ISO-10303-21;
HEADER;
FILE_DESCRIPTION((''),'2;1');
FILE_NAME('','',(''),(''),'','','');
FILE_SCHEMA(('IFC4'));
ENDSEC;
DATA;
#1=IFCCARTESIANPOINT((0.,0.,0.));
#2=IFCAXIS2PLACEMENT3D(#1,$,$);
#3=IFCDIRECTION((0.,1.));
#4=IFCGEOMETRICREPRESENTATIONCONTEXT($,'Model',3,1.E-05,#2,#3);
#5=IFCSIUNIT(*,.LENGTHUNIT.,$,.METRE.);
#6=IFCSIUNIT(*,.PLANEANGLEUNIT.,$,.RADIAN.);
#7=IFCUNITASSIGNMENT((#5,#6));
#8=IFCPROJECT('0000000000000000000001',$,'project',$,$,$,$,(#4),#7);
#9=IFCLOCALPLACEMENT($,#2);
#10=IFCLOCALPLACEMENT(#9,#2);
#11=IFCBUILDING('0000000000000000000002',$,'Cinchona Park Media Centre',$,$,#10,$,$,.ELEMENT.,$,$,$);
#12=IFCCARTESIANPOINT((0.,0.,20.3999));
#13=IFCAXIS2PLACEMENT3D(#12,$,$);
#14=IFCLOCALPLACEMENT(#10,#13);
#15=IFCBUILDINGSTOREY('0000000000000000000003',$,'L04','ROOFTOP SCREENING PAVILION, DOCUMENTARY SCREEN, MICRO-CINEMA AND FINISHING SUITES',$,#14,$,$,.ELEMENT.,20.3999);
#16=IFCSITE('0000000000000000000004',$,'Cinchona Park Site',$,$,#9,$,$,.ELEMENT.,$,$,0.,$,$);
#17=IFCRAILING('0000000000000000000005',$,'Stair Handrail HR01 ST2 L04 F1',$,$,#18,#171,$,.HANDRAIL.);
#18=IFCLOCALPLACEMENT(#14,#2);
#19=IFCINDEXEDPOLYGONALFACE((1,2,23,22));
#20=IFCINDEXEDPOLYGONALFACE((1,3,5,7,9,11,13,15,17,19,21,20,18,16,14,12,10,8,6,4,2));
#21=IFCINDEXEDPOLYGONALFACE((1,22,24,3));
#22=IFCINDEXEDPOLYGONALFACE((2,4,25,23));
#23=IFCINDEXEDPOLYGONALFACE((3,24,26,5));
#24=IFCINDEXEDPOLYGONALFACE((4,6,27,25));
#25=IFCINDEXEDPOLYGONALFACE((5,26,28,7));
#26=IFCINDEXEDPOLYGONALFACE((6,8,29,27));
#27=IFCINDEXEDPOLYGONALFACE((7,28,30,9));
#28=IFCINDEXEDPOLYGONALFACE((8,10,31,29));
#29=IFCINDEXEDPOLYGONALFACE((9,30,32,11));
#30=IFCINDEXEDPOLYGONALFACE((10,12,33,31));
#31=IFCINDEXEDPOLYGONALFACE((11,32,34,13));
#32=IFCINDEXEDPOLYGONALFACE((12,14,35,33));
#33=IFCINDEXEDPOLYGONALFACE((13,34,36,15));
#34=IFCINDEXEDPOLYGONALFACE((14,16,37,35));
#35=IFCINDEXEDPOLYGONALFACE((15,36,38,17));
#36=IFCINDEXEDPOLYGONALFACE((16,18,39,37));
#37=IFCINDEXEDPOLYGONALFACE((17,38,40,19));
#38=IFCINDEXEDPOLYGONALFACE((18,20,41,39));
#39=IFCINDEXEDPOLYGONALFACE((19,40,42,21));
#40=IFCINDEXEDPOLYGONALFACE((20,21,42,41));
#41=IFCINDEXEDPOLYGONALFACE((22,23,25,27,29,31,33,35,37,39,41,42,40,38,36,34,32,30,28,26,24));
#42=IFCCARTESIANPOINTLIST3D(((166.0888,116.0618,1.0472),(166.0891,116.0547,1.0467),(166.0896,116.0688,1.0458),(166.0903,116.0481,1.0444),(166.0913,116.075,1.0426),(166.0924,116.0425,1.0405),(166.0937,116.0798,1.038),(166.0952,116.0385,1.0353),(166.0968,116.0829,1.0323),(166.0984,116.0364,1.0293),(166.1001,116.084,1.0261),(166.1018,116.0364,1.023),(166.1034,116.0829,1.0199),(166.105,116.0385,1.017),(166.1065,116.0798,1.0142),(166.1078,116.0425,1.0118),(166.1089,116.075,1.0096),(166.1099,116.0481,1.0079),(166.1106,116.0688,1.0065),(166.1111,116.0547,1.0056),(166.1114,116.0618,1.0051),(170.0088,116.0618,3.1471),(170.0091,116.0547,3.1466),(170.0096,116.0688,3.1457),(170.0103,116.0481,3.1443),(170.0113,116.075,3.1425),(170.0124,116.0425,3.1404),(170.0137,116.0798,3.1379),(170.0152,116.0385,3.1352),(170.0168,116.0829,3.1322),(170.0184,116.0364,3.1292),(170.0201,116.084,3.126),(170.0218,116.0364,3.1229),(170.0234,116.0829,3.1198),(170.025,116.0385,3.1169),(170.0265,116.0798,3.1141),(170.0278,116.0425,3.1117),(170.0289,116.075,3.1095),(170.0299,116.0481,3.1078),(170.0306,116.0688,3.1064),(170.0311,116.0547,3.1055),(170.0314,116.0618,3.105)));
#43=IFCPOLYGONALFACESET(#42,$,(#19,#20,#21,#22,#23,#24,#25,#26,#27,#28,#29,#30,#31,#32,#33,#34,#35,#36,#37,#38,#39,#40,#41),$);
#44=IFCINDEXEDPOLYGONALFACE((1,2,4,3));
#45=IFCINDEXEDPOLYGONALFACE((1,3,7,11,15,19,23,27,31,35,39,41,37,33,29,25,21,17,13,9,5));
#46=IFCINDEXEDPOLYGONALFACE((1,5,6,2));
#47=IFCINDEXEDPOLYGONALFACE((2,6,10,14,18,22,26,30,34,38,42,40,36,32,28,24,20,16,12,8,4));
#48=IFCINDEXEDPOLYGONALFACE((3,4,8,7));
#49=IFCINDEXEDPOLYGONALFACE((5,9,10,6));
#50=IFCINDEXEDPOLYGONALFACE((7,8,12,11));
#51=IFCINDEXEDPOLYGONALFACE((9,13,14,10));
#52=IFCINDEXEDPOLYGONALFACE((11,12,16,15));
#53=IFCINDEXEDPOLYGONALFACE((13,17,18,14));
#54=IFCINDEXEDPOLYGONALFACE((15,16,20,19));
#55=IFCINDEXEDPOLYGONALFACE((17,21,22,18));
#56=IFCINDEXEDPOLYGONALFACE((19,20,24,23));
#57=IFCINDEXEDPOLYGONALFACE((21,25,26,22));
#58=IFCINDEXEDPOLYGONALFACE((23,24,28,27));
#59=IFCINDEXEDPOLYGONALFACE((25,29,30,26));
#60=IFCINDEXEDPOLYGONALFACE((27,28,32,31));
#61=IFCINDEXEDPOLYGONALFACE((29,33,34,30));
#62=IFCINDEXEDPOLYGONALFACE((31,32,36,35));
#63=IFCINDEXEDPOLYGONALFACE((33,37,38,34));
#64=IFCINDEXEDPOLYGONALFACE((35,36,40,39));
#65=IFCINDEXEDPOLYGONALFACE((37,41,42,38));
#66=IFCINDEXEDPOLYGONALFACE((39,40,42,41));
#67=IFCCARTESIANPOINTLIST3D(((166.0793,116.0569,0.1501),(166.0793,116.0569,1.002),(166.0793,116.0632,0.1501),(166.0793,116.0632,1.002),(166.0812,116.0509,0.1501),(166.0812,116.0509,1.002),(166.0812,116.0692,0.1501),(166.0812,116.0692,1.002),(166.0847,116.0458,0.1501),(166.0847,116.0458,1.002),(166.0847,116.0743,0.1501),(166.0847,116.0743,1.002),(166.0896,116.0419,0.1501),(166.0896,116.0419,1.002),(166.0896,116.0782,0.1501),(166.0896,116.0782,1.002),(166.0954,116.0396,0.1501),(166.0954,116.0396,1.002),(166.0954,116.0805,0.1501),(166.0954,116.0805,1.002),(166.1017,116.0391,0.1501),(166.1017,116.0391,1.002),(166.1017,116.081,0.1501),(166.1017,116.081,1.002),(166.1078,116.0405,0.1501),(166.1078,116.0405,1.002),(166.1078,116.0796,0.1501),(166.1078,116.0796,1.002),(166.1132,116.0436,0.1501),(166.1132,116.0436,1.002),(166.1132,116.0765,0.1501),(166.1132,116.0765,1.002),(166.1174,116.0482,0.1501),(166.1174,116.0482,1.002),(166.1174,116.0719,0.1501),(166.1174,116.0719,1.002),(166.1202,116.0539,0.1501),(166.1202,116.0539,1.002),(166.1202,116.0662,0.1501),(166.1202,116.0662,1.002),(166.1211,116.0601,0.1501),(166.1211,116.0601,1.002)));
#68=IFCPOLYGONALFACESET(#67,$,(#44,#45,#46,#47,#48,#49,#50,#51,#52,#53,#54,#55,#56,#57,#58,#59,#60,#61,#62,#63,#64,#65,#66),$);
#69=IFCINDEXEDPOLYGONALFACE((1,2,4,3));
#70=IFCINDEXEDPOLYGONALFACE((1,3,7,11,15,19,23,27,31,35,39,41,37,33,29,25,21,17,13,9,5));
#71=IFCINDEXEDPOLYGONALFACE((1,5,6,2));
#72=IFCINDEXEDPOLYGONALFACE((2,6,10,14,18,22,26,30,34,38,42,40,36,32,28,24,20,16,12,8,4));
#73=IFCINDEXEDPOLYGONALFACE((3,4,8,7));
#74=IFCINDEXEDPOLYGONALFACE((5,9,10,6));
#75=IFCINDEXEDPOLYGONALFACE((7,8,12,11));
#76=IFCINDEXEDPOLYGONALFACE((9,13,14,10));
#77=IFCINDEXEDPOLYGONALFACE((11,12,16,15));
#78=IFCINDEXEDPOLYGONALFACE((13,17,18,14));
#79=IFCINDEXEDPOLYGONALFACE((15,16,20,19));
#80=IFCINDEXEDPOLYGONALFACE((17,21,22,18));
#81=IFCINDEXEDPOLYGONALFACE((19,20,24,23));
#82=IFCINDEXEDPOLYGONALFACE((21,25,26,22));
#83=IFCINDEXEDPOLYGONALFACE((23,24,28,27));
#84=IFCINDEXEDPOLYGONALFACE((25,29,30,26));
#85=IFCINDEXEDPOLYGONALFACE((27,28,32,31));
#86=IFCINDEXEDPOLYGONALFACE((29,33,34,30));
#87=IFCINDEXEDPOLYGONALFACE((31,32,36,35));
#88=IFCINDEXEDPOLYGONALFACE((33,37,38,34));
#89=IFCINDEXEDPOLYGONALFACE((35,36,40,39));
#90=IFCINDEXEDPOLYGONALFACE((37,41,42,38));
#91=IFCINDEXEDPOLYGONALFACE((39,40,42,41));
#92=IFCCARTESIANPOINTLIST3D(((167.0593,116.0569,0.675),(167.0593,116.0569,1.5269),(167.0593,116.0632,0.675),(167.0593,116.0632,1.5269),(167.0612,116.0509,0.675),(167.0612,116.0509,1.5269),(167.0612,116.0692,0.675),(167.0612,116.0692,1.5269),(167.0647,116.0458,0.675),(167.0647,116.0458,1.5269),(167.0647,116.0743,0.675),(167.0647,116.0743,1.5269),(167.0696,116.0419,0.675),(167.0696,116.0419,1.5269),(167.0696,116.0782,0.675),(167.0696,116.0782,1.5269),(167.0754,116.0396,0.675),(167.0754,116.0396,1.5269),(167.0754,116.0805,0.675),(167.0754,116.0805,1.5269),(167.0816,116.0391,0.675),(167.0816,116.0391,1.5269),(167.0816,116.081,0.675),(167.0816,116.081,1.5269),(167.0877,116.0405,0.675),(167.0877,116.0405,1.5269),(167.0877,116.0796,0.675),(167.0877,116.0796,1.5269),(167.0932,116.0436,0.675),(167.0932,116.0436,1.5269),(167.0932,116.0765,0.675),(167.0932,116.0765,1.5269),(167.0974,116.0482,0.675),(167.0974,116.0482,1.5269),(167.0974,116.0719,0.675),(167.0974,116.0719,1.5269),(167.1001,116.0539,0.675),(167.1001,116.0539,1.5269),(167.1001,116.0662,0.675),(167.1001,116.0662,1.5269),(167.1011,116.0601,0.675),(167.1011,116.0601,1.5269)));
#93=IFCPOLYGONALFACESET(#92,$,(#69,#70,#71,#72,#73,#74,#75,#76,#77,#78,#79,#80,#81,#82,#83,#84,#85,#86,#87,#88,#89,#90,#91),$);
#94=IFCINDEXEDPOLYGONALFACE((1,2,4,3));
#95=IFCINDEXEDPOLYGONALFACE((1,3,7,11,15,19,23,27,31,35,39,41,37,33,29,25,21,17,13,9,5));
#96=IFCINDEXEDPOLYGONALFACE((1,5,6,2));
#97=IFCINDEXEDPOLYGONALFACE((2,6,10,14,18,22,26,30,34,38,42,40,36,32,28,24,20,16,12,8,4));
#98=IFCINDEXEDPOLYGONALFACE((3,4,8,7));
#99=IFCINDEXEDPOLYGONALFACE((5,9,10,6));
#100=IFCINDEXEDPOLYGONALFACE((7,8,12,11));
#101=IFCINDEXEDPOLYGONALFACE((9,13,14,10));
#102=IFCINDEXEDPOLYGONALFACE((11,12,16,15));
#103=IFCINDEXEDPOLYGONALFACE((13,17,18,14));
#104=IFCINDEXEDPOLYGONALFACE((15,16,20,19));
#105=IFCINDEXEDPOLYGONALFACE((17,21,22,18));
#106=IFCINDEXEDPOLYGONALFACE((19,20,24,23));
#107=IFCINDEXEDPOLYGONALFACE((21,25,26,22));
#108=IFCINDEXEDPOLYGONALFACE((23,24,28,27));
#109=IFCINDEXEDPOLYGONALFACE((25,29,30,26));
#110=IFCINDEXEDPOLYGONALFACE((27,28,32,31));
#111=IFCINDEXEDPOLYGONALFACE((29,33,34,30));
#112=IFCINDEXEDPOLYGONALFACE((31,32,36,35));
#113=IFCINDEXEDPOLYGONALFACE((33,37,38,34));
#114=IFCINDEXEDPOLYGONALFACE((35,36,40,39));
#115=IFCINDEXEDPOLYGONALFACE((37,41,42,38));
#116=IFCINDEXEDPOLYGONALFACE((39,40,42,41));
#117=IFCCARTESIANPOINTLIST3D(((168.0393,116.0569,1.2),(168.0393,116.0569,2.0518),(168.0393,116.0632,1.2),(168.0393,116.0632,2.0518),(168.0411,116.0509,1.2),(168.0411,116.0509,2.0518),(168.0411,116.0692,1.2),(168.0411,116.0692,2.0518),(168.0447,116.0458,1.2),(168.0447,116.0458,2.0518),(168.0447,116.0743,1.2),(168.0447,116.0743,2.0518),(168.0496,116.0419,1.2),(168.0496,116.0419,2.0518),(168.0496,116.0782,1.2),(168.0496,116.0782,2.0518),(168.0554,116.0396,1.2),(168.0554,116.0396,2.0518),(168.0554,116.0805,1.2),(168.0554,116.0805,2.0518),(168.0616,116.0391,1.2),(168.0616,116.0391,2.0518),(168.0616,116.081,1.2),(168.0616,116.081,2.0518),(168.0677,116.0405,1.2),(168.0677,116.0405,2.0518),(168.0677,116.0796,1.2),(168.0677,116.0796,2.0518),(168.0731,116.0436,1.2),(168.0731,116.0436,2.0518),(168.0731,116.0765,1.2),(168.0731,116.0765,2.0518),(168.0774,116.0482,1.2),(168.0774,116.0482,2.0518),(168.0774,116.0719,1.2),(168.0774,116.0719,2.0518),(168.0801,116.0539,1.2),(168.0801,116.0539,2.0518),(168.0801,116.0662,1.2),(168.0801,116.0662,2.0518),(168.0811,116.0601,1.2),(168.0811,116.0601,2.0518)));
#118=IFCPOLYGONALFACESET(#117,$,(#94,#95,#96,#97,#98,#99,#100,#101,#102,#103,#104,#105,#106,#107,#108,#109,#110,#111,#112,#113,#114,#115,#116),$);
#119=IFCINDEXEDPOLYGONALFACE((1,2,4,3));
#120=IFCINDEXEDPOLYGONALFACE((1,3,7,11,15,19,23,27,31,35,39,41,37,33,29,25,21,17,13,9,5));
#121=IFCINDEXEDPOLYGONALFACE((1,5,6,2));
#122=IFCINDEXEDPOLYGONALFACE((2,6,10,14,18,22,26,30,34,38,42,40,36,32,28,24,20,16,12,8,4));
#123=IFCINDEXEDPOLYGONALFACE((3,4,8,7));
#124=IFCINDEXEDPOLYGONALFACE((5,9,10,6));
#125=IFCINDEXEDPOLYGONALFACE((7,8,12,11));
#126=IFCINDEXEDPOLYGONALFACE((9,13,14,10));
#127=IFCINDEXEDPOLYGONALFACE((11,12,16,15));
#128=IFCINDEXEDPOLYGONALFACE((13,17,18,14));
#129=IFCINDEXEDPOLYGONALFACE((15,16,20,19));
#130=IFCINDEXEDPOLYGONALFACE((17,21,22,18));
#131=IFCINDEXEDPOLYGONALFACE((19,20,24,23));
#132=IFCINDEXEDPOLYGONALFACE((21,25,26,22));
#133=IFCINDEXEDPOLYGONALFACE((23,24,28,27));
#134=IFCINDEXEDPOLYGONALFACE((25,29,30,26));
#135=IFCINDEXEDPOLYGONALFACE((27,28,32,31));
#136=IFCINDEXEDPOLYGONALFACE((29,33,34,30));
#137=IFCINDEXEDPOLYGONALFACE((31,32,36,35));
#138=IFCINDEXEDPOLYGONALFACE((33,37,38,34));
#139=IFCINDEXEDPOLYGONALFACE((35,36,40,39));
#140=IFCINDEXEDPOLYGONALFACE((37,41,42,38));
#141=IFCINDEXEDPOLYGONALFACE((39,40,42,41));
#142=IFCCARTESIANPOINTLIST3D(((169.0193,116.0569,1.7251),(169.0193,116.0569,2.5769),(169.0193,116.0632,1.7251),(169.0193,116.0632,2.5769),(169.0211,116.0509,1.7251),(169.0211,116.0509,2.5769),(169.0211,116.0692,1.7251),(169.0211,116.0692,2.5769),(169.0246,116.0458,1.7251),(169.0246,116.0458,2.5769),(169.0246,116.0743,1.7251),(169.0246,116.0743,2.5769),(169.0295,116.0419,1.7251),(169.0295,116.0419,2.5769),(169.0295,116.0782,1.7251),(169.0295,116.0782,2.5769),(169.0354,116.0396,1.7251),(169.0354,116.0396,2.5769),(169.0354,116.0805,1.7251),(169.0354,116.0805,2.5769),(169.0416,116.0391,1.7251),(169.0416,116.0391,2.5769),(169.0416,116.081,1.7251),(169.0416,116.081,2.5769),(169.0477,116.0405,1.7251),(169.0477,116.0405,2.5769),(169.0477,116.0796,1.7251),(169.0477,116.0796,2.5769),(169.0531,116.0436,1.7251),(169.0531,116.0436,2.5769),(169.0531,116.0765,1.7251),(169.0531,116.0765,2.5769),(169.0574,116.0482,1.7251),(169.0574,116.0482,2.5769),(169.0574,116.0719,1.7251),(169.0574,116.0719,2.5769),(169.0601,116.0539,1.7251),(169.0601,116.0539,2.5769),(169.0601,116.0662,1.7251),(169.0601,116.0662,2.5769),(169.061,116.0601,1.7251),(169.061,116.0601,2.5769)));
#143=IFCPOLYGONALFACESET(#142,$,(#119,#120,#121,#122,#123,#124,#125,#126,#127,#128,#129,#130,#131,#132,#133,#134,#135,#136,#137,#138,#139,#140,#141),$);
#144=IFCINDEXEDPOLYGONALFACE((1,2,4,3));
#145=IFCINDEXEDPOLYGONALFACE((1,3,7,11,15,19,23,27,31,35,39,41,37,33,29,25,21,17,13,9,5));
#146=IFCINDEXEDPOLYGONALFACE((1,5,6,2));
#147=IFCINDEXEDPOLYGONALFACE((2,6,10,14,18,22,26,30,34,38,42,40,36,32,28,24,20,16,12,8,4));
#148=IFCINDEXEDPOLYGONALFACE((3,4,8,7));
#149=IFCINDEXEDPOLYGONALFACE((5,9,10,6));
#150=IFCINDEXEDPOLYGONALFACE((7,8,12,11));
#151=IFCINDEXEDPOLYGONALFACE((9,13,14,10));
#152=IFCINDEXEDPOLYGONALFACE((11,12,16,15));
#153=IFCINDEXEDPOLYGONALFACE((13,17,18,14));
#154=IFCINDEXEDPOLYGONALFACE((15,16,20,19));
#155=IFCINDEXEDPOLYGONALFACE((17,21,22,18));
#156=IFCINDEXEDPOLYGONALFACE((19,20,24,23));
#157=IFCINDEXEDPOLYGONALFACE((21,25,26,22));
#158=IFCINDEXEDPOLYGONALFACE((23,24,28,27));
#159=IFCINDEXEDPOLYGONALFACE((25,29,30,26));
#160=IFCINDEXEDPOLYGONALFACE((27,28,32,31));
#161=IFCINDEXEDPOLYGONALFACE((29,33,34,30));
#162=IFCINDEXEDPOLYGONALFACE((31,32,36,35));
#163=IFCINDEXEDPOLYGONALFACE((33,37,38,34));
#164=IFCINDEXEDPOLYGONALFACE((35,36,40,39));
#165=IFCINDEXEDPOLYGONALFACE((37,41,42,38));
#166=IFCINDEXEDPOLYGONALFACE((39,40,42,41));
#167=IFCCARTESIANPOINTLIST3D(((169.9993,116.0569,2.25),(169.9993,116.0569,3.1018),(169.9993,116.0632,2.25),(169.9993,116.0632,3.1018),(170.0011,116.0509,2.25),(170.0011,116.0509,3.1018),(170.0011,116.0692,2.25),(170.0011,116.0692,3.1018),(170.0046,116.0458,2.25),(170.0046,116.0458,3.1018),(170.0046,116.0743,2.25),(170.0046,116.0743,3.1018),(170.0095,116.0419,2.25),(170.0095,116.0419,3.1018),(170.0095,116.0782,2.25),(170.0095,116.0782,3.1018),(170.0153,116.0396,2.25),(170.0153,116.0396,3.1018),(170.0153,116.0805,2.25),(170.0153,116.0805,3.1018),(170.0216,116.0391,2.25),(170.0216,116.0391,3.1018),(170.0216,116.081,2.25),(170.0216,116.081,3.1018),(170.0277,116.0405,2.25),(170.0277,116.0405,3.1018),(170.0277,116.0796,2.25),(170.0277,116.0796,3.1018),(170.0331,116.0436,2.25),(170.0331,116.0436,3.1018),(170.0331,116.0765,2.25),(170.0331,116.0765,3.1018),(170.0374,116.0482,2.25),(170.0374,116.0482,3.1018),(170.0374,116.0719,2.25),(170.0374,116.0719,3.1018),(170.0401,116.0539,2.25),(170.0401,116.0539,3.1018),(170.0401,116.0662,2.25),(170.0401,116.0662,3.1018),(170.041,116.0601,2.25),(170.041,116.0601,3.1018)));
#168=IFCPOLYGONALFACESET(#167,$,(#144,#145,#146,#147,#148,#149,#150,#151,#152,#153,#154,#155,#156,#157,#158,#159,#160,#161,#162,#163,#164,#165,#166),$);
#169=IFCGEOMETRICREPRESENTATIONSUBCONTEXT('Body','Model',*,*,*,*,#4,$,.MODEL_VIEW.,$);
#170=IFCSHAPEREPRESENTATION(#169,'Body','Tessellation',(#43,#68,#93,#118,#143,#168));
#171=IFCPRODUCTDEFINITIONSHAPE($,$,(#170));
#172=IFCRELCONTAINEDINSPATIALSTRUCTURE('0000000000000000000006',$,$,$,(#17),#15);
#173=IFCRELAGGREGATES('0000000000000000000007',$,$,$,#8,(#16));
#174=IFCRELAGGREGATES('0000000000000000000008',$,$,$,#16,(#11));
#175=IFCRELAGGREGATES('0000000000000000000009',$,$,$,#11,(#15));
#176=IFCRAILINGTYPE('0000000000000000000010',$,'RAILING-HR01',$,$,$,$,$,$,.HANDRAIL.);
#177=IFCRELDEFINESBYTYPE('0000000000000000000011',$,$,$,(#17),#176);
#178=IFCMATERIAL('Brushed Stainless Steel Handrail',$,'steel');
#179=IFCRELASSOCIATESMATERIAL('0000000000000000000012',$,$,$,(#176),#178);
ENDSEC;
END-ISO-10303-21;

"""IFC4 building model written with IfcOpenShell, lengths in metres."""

from ifc_helpers import new_model, si_unit, direction, frame, origin, origin_2d, place, context, subcontext, project, spatial, circle, extrude, material, type_object, element, save


model = new_model("IFC4")

# Units and contexts
model_context = context("Model", 3, precision=1e-05, world=origin(), true_north=direction((0.0, 1.0)))
body_context = subcontext(model_context, "Body", "Model", "MODEL_VIEW")
ifc_project = project(units=[si_unit("LENGTHUNIT", "METRE"), si_unit("PLANEANGLEUNIT", "RADIAN")], contexts=[model_context])

# Site, building, storey
site_placement = place(None, origin())
site = spatial("IfcSite", under=ifc_project, at=site_placement, Name="Cinchona Park Site", CompositionType="ELEMENT", RefElevation=0.0)
building_placement = place(site_placement, origin())
building = spatial("IfcBuilding", under=site, at=building_placement, Name="Cinchona Park Media Centre", CompositionType="ELEMENT")
storey_placement = place(building_placement, frame((0.0, 0.0, 20.3999)))
storey = spatial("IfcBuildingStorey", under=building, at=storey_placement, Name="L04", Description="ROOFTOP SCREENING PAVILION, DOCUMENTARY SCREEN, MICRO-CINEMA AND FINISHING SUITES", CompositionType="ELEMENT", Elevation=20.3999)

# Railing
ifc_material_1 = material(Name="Brushed Stainless Steel Handrail", Category="steel")
railing_type_1 = type_object("IfcRailingType", Name="RAILING-HR01", PredefinedType="HANDRAIL", material=ifc_material_1)
railing_1_placement = place(storey_placement, frame((166.1001, 116.0601, 0.1501)))
element("IfcRailing", 1, at=railing_1_placement, inside=storey, type_object=railing_type_1, Name="Stair Handrail HR01 ST2 L04 F1", PredefinedType="HANDRAIL", context=body_context, shape_type="SweptSolid", body=[
    extrude(circle(Radius=0.0239, at=origin_2d()), frame((0.0, 0.0, 0.876), z_axis=(0.88149, 0.0, 0.472203), x_axis=(0.0, 1.0, 0.0)), (0.0, 0.0, 1.0), 4.447),
    extrude(circle(Radius=0.021, at=origin_2d()), origin(), (0.0, 0.0, 1.0), 0.8518),
    extrude(circle(Radius=0.021, at=origin_2d()), frame((0.98, 0.0, 0.5249)), (0.0, 0.0, 1.0), 0.8518),
    extrude(circle(Radius=0.021, at=origin_2d()), frame((1.96, 0.0, 1.0498)), (0.0, 0.0, 1.0), 0.8518),
    extrude(circle(Radius=0.021, at=origin_2d()), frame((2.9399, 0.0, 1.575)), (0.0, 0.0, 1.0), 0.8518),
    extrude(circle(Radius=0.021, at=origin_2d()), frame((3.9199, 0.0, 2.0999)), (0.0, 0.0, 1.0), 0.8518),
])

save(model, "model.ifc")
